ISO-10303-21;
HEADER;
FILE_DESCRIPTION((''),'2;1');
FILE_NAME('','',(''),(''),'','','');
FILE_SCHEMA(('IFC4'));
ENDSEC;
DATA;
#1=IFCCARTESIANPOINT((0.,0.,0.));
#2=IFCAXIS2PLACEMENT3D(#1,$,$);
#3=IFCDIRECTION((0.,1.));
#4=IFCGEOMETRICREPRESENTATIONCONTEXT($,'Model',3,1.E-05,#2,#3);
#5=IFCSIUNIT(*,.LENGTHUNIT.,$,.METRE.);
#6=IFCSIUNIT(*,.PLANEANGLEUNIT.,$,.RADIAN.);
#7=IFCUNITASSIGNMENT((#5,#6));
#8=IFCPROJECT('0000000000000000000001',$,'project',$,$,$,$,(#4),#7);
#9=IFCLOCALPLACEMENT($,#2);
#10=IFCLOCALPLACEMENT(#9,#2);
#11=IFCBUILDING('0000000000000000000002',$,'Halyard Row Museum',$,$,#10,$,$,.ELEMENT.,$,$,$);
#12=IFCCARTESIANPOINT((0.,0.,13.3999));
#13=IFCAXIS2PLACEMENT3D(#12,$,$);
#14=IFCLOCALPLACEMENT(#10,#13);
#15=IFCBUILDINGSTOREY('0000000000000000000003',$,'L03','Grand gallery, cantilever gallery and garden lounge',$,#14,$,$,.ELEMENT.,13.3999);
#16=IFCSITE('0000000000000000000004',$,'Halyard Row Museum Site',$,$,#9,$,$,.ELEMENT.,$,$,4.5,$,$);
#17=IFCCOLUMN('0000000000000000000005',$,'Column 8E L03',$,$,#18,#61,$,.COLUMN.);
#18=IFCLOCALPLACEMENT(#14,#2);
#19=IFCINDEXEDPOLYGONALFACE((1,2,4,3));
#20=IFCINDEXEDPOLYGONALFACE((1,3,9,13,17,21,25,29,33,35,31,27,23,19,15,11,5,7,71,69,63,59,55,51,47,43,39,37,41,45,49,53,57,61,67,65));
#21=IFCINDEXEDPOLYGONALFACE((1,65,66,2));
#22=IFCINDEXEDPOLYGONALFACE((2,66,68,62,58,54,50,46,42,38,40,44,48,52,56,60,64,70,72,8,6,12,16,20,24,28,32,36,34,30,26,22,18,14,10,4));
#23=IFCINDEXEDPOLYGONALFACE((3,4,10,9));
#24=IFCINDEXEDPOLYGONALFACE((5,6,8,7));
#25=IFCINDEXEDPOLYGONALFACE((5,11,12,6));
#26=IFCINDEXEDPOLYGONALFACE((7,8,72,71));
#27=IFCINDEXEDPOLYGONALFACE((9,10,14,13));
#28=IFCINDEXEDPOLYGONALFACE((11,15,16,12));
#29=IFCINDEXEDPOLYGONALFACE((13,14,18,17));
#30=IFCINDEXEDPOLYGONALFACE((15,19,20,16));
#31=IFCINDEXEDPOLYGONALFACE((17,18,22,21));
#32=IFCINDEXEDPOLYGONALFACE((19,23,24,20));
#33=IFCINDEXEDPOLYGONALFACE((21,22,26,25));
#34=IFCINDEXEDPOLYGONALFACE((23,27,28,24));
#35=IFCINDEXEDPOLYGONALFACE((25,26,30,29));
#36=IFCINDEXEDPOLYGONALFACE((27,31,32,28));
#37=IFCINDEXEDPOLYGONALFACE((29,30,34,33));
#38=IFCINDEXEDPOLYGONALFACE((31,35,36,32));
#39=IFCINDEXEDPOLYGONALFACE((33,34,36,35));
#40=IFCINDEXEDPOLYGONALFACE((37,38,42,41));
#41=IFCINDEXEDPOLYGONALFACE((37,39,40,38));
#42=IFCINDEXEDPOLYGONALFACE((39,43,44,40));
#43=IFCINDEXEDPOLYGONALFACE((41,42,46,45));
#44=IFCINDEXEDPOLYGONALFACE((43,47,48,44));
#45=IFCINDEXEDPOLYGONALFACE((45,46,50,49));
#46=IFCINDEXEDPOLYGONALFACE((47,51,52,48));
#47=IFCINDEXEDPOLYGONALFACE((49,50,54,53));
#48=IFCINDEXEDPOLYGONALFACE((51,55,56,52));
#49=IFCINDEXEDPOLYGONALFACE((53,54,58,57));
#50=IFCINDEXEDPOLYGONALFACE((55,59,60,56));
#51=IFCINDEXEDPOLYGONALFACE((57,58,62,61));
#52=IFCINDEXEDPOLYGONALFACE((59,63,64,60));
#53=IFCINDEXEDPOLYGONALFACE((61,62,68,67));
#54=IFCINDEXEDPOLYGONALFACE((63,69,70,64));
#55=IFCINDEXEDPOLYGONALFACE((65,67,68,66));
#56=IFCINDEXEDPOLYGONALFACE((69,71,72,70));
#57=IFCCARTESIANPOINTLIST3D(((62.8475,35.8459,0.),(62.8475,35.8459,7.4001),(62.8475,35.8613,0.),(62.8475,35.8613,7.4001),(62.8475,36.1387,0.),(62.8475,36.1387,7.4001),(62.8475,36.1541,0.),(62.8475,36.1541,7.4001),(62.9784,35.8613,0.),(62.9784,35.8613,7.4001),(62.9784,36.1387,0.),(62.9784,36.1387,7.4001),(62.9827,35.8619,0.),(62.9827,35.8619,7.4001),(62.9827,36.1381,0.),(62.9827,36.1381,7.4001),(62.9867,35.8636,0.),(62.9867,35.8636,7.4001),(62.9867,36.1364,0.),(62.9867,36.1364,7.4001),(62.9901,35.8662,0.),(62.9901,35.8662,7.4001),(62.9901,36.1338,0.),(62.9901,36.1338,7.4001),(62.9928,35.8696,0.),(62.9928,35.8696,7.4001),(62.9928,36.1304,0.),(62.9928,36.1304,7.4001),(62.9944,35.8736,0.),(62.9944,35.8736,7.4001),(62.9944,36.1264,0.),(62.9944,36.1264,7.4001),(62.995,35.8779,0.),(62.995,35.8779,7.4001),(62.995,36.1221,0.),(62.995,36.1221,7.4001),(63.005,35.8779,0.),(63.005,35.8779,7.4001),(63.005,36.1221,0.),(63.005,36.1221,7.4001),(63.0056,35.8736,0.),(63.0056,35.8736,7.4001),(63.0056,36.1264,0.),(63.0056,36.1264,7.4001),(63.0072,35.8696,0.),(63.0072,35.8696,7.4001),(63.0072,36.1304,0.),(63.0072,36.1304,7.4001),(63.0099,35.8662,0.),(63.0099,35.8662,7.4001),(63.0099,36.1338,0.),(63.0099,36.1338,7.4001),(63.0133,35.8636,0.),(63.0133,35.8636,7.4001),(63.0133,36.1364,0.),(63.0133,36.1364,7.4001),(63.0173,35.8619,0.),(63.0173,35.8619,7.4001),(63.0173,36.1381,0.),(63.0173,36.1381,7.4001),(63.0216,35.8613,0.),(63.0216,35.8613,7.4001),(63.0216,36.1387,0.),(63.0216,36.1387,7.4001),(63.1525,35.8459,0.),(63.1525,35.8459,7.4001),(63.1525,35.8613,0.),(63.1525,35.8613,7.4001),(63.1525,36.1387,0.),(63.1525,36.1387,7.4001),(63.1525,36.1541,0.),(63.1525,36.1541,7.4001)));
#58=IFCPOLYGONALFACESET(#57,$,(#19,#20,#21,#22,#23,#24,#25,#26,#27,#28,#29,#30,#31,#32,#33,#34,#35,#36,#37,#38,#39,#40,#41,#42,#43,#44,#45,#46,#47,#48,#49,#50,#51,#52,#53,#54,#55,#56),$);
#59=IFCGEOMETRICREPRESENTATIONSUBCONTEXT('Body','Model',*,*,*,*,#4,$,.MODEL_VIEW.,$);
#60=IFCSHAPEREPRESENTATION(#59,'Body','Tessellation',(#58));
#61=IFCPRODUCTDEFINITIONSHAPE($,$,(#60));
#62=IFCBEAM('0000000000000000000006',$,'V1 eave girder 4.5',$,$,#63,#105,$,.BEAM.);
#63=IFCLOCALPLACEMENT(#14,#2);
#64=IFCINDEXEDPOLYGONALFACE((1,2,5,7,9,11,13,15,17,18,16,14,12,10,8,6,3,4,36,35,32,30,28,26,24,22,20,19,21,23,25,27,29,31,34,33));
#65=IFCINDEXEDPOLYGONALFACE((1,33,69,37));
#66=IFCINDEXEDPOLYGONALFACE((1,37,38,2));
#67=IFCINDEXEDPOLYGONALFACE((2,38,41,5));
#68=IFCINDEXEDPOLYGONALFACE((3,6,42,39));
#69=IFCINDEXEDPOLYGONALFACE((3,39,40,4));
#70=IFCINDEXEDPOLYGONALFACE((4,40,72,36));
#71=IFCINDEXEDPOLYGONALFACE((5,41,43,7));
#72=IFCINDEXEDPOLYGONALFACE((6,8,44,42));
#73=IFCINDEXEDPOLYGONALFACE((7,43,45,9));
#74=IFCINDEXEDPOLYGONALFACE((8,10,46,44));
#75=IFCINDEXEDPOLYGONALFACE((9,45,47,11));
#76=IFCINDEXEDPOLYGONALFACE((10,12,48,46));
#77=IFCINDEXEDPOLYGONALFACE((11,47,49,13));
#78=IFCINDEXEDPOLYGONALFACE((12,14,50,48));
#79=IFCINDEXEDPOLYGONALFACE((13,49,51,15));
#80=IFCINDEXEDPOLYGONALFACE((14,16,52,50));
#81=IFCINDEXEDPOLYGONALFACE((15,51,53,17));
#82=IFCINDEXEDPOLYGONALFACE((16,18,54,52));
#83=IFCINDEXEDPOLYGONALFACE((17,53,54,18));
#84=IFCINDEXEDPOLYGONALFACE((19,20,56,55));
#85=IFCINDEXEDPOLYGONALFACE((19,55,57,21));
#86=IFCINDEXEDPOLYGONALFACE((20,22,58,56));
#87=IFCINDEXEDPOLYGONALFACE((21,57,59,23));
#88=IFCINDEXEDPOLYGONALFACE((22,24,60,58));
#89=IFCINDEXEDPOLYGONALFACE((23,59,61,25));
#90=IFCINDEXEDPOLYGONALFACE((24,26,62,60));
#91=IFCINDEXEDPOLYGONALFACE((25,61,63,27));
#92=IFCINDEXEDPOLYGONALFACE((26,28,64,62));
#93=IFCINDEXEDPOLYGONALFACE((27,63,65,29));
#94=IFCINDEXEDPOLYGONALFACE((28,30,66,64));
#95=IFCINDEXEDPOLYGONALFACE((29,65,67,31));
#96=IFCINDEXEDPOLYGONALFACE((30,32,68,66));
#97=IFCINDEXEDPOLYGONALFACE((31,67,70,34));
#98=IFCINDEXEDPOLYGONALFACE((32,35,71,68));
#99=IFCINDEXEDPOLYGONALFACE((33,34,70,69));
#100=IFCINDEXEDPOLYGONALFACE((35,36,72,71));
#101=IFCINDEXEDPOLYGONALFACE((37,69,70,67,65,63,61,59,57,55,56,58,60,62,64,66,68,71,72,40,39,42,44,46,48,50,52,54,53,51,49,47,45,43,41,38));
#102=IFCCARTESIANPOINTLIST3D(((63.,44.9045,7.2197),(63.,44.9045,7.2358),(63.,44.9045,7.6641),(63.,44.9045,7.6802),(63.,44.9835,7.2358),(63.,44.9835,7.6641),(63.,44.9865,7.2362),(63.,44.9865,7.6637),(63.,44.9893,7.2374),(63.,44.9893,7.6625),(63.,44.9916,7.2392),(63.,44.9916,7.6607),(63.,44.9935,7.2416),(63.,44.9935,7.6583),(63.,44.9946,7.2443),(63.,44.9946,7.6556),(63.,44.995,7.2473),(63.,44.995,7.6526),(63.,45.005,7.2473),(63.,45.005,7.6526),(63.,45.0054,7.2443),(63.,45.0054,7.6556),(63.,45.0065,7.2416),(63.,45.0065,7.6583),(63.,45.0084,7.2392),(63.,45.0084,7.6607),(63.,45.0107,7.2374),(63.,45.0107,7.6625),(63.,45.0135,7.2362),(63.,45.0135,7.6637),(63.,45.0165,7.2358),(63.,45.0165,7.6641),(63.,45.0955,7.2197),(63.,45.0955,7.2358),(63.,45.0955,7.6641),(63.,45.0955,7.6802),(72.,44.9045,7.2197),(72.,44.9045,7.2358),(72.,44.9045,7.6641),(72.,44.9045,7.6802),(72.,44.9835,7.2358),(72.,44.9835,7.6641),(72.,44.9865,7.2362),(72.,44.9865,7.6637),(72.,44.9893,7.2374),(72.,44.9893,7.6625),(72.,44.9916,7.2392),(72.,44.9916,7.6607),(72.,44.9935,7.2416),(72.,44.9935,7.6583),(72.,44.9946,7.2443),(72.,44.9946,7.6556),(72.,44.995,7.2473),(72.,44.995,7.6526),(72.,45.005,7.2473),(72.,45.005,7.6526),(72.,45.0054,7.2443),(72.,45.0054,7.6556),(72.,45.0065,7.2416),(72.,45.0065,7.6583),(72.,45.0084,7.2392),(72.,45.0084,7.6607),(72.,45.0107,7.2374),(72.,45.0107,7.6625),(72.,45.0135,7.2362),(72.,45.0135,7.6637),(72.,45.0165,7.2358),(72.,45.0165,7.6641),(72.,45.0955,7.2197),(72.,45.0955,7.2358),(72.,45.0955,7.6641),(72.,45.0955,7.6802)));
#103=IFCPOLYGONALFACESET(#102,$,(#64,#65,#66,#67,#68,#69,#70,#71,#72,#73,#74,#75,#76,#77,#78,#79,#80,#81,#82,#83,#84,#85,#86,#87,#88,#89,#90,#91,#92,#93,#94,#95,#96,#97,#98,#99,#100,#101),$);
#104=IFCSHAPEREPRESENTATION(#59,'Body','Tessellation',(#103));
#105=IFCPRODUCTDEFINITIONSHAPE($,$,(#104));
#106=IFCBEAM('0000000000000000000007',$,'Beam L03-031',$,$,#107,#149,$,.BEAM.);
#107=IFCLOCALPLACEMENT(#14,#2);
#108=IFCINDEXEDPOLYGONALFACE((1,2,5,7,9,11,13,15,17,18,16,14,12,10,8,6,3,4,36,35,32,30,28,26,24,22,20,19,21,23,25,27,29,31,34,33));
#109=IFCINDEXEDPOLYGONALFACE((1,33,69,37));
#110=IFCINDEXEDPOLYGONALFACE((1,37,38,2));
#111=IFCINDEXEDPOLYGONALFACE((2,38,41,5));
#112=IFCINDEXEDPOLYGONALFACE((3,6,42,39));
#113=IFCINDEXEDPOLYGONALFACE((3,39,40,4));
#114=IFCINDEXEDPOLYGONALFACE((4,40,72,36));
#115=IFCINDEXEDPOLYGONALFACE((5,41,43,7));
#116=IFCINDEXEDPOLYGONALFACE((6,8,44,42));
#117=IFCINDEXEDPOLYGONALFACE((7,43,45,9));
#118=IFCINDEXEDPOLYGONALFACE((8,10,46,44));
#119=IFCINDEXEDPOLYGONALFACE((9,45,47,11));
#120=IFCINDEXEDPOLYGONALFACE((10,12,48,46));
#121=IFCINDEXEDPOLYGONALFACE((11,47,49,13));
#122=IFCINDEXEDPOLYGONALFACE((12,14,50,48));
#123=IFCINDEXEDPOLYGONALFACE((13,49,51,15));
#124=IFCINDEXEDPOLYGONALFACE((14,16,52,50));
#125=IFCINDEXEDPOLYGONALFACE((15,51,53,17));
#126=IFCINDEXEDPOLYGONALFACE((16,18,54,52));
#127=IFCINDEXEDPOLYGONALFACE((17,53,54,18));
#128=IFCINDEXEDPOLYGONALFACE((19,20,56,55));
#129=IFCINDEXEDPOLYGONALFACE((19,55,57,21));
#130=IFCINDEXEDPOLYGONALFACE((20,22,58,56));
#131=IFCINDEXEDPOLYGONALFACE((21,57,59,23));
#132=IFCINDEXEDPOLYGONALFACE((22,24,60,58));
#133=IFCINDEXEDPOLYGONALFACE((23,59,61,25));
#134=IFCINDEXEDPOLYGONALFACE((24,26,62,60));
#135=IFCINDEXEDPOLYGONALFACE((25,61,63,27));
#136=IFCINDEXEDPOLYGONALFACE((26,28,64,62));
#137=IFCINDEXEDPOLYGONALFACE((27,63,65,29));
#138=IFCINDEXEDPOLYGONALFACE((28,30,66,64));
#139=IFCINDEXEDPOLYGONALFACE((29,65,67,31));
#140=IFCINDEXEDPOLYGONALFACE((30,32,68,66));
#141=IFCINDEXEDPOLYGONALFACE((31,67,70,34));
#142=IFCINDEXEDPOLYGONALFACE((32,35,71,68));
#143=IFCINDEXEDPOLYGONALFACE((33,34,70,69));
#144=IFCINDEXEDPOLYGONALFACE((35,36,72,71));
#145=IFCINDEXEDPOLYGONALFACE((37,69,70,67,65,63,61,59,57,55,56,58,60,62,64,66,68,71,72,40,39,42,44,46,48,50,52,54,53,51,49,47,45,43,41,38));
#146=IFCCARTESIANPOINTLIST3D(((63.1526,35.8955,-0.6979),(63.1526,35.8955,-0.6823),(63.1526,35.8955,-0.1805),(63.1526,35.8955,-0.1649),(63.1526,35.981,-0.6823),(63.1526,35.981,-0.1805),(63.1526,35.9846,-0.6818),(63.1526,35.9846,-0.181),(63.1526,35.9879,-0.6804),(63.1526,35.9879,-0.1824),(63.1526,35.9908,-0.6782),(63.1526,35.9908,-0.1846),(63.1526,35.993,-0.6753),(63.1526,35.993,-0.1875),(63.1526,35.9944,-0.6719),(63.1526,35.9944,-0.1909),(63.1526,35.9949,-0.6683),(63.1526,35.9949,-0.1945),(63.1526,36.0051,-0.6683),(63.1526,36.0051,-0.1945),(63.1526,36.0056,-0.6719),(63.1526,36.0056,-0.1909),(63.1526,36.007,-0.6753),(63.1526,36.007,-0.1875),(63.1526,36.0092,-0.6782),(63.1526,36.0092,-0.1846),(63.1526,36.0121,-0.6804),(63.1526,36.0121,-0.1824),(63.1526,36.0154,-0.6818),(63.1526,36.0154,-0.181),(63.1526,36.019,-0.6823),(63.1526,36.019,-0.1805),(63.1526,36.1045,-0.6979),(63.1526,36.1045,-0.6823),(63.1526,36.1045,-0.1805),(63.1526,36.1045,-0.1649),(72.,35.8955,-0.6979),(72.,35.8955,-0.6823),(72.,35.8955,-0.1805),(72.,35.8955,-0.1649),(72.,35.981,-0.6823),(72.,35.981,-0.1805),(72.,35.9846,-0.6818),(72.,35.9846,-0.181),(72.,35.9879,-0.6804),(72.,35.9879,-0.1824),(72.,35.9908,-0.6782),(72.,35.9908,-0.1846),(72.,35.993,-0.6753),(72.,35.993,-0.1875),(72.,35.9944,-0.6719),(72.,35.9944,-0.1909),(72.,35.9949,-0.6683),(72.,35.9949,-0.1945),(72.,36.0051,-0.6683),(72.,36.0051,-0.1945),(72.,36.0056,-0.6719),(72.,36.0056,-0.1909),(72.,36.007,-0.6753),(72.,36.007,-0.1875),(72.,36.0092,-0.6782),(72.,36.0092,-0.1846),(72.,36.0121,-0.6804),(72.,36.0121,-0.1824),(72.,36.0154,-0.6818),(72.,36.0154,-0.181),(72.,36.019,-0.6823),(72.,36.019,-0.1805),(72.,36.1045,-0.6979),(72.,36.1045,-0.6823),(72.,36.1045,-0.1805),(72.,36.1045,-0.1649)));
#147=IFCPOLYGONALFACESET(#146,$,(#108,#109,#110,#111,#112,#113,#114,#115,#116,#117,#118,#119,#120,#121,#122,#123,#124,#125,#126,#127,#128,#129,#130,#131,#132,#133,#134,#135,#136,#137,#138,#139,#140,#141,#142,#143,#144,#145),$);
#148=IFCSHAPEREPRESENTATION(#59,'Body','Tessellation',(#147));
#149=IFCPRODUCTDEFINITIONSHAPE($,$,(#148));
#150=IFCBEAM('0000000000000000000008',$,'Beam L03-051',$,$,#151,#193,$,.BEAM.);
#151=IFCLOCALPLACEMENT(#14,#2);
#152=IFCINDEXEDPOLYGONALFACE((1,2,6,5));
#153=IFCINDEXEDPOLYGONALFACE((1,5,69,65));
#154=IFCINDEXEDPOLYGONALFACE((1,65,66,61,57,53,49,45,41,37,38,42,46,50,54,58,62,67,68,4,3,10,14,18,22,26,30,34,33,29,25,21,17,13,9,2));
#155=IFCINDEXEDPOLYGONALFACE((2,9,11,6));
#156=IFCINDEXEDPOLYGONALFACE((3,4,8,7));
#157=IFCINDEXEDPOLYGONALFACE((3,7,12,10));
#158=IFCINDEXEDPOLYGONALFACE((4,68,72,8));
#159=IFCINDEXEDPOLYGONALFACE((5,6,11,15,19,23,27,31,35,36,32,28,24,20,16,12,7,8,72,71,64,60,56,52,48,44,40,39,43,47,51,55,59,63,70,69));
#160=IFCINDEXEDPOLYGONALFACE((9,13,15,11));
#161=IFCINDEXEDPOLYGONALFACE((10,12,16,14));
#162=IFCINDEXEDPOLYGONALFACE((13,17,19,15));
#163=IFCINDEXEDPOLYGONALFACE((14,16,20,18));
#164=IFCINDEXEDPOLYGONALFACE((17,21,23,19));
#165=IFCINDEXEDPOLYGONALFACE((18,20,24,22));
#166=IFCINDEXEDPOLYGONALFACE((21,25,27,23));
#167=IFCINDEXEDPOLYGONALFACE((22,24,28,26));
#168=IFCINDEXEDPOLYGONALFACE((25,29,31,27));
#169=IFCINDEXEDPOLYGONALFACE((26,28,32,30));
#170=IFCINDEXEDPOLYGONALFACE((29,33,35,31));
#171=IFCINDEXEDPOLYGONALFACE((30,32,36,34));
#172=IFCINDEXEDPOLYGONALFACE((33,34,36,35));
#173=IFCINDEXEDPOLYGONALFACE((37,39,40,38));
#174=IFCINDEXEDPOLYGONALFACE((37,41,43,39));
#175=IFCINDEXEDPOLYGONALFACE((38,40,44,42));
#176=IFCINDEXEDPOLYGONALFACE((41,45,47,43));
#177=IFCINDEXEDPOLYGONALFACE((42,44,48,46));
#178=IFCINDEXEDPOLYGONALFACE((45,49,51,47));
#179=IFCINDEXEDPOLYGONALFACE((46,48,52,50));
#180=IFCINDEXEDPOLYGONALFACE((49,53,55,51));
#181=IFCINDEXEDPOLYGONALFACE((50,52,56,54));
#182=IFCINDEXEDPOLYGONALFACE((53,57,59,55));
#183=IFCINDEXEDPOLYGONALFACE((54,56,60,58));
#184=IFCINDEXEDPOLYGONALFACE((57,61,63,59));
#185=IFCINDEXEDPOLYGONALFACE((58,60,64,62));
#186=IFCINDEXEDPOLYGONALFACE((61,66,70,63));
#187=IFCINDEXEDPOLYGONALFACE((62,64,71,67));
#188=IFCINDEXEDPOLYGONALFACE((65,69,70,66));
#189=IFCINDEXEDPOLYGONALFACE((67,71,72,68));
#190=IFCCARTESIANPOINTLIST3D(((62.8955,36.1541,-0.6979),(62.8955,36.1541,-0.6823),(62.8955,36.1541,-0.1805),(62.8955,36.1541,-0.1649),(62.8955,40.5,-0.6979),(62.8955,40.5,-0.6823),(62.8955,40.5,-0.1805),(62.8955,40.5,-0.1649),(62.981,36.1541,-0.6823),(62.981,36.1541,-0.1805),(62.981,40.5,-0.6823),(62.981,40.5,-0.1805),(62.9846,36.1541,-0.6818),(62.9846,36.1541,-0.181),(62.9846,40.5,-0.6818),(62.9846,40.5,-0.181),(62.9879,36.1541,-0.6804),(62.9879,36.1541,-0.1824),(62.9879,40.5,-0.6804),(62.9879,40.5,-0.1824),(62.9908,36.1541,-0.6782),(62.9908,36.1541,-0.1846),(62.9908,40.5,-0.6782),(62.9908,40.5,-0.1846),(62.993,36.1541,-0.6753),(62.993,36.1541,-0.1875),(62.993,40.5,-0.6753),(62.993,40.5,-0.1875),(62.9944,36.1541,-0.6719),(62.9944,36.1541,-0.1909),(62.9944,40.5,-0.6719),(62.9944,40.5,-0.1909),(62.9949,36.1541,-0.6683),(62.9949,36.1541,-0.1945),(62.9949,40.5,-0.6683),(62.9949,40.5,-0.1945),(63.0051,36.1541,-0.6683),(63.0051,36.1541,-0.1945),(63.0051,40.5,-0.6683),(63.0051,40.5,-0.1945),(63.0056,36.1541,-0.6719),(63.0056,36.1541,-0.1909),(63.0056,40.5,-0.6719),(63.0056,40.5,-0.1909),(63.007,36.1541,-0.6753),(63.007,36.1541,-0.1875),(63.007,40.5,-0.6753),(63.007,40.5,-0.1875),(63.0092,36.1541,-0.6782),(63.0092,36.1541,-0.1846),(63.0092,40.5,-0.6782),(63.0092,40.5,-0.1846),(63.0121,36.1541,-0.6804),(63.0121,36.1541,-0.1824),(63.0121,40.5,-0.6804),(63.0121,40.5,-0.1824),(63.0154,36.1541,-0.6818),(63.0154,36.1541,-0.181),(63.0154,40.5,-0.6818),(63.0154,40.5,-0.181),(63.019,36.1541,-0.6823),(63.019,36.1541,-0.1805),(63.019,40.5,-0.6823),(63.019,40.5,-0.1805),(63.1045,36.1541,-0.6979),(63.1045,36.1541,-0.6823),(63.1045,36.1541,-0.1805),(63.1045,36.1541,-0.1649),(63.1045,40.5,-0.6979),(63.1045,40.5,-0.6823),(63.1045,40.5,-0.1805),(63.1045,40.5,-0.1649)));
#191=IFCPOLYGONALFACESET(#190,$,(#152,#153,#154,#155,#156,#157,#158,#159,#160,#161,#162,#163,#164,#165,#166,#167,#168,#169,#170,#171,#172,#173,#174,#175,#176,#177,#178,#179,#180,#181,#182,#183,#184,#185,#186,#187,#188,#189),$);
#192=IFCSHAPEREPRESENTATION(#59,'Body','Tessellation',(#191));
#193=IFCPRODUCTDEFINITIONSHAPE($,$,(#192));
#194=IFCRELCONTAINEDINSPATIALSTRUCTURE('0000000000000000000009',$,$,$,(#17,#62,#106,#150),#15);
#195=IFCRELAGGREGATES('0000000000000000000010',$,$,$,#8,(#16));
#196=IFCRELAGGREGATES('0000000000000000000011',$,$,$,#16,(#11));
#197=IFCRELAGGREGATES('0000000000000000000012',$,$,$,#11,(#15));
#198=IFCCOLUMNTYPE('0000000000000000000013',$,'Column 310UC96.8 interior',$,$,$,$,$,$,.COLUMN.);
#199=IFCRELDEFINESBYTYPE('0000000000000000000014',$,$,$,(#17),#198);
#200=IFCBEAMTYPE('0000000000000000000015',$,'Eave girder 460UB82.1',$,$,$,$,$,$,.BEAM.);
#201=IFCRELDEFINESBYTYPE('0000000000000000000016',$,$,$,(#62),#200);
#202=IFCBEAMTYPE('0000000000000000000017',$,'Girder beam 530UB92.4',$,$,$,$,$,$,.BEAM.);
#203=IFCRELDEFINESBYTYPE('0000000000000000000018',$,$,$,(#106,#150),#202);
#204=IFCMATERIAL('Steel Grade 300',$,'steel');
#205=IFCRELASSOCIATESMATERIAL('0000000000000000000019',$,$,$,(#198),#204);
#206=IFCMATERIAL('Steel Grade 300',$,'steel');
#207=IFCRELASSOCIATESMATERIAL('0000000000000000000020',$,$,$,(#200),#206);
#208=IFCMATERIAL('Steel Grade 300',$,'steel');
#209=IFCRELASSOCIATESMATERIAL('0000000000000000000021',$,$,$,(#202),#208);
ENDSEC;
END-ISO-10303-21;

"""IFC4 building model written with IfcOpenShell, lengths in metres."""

from ifc_helpers import new_model, si_unit, direction, frame, origin, origin_2d, place, context, subcontext, project, spatial, i_section, extrude, material, material_profile, profile_set, type_object, element, save


model = new_model("IFC4")

# Units and contexts
model_context = context("Model", 3, precision=1e-05, world=origin(), true_north=direction((0.0, 1.0)))
body_context = subcontext(model_context, "Body", "Model", "MODEL_VIEW")
ifc_project = project(units=[si_unit("LENGTHUNIT", "METRE"), si_unit("PLANEANGLEUNIT", "RADIAN")], contexts=[model_context])

# Site, building, storey
site_placement = place(None, origin())
site = spatial("IfcSite", under=ifc_project, at=site_placement, Name="Halyard Row Museum Site", CompositionType="ELEMENT", RefElevation=4.5)
building_placement = place(site_placement, origin())
building = spatial("IfcBuilding", under=site, at=building_placement, Name="Halyard Row Museum", CompositionType="ELEMENT")
storey_placement = place(building_placement, frame((0.0, 0.0, 13.3999)))
storey = spatial("IfcBuildingStorey", under=building, at=storey_placement, Name="L03", Description="Grand gallery, cantilever gallery and garden lounge", CompositionType="ELEMENT", Elevation=13.3999)

# Column
ifc_material_1 = material(Name="Steel Grade 300", Category="steel")
ifc_material_profile_1 = material_profile(ifc_material_1, i_section(OverallWidth=0.3049, OverallDepth=0.3081, WebThickness=0.01, FlangeThickness=0.0154, FilletRadius=0.0166, at=origin_2d()), Name="310UC96.8")
ifc_profile_set_1 = profile_set([ifc_material_profile_1], Name="Steel Grade 300")
column_type = type_object("IfcColumnType", Name="Column 310UC96.8 interior", PredefinedType="COLUMN", material=ifc_profile_set_1)
column_placement = place(storey_placement, frame((63.0, 36.0, 0.0), z_axis=(0.0, 0.0, 1.0), x_axis=(1.0, 0.0, 0.0)))
element("IfcColumn", 1, at=column_placement, inside=storey, type_object=column_type, Name="Column 8E L03", PredefinedType="COLUMN", context=body_context, shape_type="SweptSolid", body=[
    extrude(i_section(OverallWidth=0.3049, OverallDepth=0.3081, WebThickness=0.01, FlangeThickness=0.0154, FilletRadius=0.0166, at=origin_2d()), origin(), (0.0, 0.0, 1.0), 7.4001),
])

# Beams
ifc_material_2 = material(Name="Steel Grade 300", Category="steel")
ifc_material_profile_2 = material_profile(ifc_material_2, i_section(OverallWidth=0.1909, OverallDepth=0.4604, WebThickness=0.01, FlangeThickness=0.0161, FilletRadius=0.0115, at=origin_2d()), Name="460UB82.1")
ifc_profile_set_2 = profile_set([ifc_material_profile_2], Name="Steel Grade 300")
beam_type_1 = type_object("IfcBeamType", Name="Eave girder 460UB82.1", PredefinedType="BEAM", material=ifc_profile_set_2)
beam_1_placement = place(storey_placement, frame((63.0, 45.0, 7.45), z_axis=(1.0, 0.0, 0.0), x_axis=(0.0, 1.0, 0.0)))
element("IfcBeam", 2, at=beam_1_placement, inside=storey, type_object=beam_type_1, Name="V1 eave girder 4.5", PredefinedType="BEAM", context=body_context, shape_type="SweptSolid", body=[
    extrude(i_section(OverallWidth=0.1909, OverallDepth=0.4604, WebThickness=0.01, FlangeThickness=0.0161, FilletRadius=0.0115, at=origin_2d()), origin(), (0.0, 0.0, 1.0), 9.0),
])
ifc_material_3 = material(Name="Steel Grade 300", Category="steel")
ifc_material_profile_3 = material_profile(ifc_material_3, i_section(OverallWidth=0.209, OverallDepth=0.533, WebThickness=0.0103, FlangeThickness=0.0156, FilletRadius=0.0139, at=origin_2d()), Name="530UB92.4")
ifc_profile_set_3 = profile_set([ifc_material_profile_3], Name="Steel Grade 300")
beam_type_2 = type_object("IfcBeamType", Name="Girder beam 530UB92.4", PredefinedType="BEAM", material=ifc_profile_set_3)
beam_2_placement = place(storey_placement, frame((63.1526, 36.0, -0.4314), z_axis=(1.0, 0.0, 0.0), x_axis=(0.0, 1.0, 0.0)))
element("IfcBeam", 3, at=beam_2_placement, inside=storey, type_object=beam_type_2, Name="Beam L03-031", PredefinedType="BEAM", context=body_context, shape_type="SweptSolid", body=[
    extrude(i_section(OverallWidth=0.209, OverallDepth=0.533, WebThickness=0.0103, FlangeThickness=0.0156, FilletRadius=0.0139, at=origin_2d()), origin(), (0.0, 0.0, 1.0), 8.8474),
])
beam_3_placement = place(storey_placement, frame((63.0, 36.1541, -0.4314), z_axis=(0.0, 1.0, 0.0), x_axis=(-1.0, 0.0, 0.0)))
element("IfcBeam", 4, at=beam_3_placement, inside=storey, type_object=beam_type_2, Name="Beam L03-051", PredefinedType="BEAM", context=body_context, shape_type="SweptSolid", body=[
    extrude(i_section(OverallWidth=0.209, OverallDepth=0.533, WebThickness=0.0103, FlangeThickness=0.0156, FilletRadius=0.0139, at=origin_2d()), origin(), (0.0, 0.0, 1.0), 4.3459),
])

save(model, "model.ifc")
